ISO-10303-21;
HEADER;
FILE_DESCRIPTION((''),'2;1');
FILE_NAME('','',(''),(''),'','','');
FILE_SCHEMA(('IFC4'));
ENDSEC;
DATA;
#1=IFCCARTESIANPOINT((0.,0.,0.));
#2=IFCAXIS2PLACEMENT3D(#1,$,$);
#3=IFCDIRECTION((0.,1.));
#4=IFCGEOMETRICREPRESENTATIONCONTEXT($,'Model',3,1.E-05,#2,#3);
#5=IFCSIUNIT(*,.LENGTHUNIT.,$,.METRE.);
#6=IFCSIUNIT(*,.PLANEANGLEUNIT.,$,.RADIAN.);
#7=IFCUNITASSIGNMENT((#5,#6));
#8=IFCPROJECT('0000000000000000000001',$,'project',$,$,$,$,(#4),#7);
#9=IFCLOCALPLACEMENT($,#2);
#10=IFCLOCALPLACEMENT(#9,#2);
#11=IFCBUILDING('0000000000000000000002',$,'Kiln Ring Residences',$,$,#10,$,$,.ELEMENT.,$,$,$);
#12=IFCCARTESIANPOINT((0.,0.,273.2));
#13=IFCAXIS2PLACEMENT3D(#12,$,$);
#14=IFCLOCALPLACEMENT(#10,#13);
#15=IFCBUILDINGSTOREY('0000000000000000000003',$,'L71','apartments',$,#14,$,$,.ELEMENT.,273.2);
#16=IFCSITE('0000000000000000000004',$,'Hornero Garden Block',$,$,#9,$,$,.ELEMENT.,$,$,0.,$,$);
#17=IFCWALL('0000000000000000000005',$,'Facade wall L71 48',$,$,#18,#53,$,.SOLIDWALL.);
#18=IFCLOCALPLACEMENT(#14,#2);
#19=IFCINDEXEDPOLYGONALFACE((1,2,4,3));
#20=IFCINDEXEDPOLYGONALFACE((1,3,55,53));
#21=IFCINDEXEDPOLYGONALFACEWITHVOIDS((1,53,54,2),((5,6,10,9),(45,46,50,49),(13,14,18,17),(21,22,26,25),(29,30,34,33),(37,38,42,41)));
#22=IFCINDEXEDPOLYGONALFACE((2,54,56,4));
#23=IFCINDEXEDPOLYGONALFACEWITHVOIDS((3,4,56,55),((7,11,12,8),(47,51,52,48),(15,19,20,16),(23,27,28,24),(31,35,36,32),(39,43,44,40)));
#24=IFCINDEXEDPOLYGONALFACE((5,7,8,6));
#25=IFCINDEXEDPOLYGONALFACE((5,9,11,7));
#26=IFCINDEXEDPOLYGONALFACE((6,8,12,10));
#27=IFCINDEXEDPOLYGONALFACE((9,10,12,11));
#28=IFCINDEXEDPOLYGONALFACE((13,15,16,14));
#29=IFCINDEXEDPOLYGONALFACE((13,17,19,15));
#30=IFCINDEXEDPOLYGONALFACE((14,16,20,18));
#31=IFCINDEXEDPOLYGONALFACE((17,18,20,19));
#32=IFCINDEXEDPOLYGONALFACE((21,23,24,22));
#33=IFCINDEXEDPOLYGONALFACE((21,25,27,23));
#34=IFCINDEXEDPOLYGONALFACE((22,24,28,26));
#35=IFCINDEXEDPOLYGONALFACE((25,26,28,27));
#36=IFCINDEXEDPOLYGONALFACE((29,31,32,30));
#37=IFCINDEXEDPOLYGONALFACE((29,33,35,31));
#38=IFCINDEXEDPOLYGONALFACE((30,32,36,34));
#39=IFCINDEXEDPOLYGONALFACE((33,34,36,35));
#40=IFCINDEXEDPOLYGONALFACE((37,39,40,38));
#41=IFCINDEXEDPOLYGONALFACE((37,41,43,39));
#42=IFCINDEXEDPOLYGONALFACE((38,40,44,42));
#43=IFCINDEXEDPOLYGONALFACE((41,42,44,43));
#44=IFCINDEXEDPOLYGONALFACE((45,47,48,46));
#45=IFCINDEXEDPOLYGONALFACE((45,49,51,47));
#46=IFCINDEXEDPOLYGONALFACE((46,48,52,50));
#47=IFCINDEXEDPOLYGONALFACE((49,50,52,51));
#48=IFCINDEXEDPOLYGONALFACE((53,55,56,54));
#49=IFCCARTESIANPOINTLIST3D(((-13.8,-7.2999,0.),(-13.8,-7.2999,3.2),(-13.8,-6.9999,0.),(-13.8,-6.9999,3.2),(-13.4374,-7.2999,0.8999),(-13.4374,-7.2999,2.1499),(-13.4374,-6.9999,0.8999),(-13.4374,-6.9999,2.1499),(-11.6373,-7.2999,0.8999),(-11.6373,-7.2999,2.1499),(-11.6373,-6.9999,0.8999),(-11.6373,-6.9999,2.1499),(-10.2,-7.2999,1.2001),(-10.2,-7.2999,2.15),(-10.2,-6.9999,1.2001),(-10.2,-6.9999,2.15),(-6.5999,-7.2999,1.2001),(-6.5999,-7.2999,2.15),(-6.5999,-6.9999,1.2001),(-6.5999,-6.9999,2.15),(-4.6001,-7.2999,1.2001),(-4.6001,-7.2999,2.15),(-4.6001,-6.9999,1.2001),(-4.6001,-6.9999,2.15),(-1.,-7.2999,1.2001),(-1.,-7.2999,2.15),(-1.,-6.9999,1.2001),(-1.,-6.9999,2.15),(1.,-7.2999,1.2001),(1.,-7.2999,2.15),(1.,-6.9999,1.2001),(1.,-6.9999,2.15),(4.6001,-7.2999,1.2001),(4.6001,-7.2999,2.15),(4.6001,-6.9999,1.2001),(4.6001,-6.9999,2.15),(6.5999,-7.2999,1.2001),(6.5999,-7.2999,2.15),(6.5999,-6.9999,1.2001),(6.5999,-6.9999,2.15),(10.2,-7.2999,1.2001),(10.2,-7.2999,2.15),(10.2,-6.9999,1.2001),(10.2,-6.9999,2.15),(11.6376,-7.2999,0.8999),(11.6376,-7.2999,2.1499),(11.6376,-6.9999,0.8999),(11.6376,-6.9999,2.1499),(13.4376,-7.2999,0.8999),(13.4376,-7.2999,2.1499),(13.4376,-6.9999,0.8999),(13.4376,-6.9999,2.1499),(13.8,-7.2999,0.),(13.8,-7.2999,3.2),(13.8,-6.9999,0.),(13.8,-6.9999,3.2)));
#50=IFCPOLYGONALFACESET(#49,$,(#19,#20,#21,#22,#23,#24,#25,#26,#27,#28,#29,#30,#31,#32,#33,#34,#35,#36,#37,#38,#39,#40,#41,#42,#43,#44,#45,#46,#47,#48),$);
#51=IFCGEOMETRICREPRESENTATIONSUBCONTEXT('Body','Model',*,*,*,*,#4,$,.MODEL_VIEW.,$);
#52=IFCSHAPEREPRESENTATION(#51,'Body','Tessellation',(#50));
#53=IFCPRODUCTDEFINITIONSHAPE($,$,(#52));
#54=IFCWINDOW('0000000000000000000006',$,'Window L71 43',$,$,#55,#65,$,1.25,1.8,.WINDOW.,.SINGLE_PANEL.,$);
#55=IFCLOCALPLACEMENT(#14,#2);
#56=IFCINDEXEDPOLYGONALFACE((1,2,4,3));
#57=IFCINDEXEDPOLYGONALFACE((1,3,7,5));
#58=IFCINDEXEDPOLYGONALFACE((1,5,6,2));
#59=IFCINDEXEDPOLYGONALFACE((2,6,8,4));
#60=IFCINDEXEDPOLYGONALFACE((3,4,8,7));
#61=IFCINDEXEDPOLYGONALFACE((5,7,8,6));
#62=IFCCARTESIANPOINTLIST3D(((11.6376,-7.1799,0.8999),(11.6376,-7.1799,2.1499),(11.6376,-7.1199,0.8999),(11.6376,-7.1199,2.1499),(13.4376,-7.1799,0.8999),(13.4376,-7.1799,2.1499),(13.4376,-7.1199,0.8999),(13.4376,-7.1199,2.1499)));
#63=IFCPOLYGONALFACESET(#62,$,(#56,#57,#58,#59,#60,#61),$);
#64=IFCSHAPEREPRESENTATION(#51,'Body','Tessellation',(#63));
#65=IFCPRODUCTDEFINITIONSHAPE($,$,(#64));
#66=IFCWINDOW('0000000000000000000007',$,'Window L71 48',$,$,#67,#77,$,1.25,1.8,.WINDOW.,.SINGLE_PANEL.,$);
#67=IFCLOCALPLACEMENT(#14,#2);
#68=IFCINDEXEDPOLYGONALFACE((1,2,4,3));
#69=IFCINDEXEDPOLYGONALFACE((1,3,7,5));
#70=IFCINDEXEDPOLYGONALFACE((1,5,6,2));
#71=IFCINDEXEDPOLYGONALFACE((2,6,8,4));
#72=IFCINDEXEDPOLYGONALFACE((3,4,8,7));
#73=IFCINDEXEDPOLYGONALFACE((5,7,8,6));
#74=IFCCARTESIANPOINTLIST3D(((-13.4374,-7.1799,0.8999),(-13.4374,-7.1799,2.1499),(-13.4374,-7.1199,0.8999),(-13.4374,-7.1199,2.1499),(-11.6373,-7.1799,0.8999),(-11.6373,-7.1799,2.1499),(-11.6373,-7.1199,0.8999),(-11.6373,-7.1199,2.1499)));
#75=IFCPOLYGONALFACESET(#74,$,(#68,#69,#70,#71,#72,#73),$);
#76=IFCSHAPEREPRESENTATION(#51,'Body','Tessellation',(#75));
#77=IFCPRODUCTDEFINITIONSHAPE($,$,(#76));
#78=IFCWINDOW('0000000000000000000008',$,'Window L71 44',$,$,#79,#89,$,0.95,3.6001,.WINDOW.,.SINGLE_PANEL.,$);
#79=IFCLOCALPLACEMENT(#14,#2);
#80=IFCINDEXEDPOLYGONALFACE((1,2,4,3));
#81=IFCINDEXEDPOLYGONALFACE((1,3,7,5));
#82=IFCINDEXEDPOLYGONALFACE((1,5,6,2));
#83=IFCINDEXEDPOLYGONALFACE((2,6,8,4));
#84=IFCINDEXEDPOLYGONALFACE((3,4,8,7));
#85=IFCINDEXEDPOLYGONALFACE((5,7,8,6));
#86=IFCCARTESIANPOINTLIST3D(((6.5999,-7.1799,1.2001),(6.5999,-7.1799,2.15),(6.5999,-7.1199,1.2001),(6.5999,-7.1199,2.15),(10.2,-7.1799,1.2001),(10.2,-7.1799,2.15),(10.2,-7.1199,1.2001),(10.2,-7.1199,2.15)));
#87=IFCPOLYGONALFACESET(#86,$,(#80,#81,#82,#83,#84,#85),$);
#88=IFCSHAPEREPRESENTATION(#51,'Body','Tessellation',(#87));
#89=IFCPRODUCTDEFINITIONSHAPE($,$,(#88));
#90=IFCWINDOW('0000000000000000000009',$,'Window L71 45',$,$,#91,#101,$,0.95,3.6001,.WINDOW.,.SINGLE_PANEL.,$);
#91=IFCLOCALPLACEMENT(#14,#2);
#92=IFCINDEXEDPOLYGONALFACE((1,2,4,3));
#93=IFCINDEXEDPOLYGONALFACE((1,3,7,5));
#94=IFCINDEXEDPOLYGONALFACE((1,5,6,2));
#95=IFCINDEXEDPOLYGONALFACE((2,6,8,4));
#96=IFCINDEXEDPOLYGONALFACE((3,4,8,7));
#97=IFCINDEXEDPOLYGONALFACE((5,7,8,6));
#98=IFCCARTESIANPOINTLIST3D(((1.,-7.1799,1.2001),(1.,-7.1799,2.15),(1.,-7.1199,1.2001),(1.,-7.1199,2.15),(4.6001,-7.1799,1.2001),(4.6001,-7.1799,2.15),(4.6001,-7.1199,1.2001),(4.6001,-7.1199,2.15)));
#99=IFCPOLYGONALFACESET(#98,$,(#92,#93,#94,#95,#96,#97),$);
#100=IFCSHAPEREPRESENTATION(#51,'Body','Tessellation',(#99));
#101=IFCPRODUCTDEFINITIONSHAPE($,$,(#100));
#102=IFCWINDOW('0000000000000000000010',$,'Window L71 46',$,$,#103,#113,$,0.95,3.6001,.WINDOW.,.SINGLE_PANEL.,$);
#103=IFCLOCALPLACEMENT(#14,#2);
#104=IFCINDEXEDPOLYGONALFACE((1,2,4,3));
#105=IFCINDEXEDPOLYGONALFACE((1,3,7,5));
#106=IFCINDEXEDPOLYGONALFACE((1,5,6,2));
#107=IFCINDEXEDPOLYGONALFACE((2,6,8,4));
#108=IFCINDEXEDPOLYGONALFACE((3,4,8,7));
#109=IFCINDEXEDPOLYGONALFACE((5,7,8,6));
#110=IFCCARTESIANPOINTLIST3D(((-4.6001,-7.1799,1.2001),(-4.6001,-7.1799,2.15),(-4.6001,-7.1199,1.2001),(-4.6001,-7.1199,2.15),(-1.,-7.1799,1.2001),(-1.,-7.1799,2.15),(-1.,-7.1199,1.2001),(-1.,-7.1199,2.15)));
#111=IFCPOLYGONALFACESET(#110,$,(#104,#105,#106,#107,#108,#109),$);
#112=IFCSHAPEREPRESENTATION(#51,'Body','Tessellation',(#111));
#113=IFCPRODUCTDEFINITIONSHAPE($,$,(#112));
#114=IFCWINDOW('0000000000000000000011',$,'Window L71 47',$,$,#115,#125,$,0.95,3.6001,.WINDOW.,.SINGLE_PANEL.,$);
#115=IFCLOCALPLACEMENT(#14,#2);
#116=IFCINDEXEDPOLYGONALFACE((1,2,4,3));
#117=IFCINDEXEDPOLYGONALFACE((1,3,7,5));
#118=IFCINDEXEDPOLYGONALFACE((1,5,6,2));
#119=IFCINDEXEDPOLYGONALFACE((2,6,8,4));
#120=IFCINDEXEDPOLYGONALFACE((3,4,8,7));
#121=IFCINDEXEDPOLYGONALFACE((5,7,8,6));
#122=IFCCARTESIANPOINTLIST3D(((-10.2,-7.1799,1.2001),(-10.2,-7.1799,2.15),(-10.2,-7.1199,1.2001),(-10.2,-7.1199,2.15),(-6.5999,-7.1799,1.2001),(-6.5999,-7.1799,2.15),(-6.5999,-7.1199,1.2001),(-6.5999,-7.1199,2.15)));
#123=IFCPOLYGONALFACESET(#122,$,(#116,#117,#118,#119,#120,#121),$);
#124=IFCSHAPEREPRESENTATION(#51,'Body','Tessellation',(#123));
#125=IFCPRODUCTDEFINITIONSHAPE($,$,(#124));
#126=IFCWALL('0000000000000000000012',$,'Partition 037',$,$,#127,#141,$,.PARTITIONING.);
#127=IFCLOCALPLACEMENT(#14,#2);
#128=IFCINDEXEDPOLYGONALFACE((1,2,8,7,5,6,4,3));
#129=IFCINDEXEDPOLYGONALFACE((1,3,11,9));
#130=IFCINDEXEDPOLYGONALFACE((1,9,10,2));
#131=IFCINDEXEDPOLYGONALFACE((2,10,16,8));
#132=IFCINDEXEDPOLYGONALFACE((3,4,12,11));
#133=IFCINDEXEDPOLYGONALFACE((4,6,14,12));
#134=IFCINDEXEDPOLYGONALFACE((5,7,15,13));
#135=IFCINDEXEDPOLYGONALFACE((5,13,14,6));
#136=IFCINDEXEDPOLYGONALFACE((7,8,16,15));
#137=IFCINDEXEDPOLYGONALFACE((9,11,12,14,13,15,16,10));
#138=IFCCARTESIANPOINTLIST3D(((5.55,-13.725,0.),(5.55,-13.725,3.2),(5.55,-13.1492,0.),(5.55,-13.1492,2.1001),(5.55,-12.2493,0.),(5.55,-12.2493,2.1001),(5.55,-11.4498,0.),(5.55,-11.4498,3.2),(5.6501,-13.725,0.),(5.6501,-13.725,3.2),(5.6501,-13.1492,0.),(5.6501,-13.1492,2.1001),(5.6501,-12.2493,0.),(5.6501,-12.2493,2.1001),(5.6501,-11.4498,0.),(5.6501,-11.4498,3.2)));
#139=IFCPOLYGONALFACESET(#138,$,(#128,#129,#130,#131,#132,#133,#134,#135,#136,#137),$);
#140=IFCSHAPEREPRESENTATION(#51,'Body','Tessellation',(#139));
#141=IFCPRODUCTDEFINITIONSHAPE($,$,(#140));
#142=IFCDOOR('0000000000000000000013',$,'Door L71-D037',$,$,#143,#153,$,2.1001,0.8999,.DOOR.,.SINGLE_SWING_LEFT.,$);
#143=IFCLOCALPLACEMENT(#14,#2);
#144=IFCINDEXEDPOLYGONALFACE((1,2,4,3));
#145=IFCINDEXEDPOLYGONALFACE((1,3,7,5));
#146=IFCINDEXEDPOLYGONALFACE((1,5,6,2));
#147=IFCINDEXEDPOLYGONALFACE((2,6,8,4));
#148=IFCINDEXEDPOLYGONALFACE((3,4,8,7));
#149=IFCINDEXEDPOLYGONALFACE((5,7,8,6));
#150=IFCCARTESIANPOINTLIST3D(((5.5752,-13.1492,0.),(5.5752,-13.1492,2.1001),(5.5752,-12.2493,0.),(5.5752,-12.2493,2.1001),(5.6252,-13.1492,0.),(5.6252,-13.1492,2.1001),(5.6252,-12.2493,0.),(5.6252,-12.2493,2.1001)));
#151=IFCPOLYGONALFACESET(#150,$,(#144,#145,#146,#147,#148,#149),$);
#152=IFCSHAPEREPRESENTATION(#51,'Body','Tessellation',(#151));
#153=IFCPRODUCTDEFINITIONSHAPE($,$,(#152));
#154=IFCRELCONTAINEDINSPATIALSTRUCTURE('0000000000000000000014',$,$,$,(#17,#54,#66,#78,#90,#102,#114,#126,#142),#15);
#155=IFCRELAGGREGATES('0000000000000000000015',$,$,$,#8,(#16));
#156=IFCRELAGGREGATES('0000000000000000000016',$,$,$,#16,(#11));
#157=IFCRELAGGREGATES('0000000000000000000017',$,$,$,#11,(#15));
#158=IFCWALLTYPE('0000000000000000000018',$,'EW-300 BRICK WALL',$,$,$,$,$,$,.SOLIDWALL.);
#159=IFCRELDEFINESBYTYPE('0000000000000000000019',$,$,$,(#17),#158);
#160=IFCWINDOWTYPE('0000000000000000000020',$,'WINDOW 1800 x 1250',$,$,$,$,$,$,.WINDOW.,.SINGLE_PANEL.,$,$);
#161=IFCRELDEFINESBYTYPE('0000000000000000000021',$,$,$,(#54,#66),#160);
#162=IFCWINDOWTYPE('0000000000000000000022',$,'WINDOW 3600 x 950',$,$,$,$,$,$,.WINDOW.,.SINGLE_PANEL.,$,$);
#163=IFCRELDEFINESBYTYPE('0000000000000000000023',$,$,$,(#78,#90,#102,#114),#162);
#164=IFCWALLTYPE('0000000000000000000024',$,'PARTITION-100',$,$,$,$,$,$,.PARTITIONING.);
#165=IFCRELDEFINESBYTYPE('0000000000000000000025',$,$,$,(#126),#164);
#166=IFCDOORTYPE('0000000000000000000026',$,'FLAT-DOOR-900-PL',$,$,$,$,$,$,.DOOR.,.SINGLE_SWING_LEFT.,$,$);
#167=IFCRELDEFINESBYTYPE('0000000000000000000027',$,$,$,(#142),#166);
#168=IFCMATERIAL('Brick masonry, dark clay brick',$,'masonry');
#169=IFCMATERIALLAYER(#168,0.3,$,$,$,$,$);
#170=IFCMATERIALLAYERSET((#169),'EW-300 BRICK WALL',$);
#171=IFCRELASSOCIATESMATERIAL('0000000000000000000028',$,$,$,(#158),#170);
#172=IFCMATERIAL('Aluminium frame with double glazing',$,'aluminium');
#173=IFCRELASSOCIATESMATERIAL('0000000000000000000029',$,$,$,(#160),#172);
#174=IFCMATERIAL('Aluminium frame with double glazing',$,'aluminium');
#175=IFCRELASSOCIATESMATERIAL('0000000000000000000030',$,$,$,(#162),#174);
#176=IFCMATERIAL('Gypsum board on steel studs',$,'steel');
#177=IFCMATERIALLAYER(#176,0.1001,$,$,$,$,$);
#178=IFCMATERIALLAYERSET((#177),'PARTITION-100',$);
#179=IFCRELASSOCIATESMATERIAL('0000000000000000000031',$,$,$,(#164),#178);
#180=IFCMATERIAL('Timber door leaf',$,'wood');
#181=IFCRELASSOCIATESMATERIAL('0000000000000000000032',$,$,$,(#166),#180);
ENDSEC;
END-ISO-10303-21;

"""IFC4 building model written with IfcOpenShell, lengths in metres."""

from ifc_helpers import new_model, si_unit, direction, frame, frame_2d, origin, place, context, subcontext, project, spatial, rectangle, extrude, material, layer, layer_set, type_object, element, fill, save


model = new_model("IFC4")

# Units and contexts
model_context = context("Model", 3, precision=1e-05, world=origin(), true_north=direction((0.0, 1.0)))
body_context = subcontext(model_context, "Body", "Model", "MODEL_VIEW")
ifc_project = project(units=[si_unit("LENGTHUNIT", "METRE"), si_unit("PLANEANGLEUNIT", "RADIAN")], contexts=[model_context])

# Site, building, storey
site_placement = place(None, origin())
site = spatial("IfcSite", under=ifc_project, at=site_placement, Name="Hornero Garden Block", CompositionType="ELEMENT", RefElevation=0.0)
building_placement = place(site_placement, origin())
building = spatial("IfcBuilding", under=site, at=building_placement, Name="Kiln Ring Residences", CompositionType="ELEMENT")
storey_placement = place(building_placement, frame((0.0, 0.0, 273.2)))
storey = spatial("IfcBuildingStorey", under=building, at=storey_placement, Name="L71", Description="apartments", CompositionType="ELEMENT", Elevation=273.2)

# Wall, openings, windows
ifc_material_1 = material(Name="Brick masonry, dark clay brick", Category="masonry")
ifc_layer_1 = layer(ifc_material_1, 0.3)
ifc_layer_set_1 = layer_set([ifc_layer_1], Name="EW-300 BRICK WALL")
wall_type_1 = type_object("IfcWallType", Name="EW-300 BRICK WALL", PredefinedType="SOLIDWALL", material=ifc_layer_set_1)
wall_1_placement = place(storey_placement, frame((13.8, -7.1499, 0.0), z_axis=(0.0, 0.0, 1.0), x_axis=(-1.0, 0.0, 0.0)))
wall_1 = element("IfcWall", 1, at=wall_1_placement, inside=storey, type_object=wall_type_1, Name="Facade wall L71 48", PredefinedType="SOLIDWALL", context=body_context, shape_type="SweptSolid", body=[
    extrude(rectangle(XDim=27.6001, YDim=0.3, at=frame_2d((13.8, 0.0))), origin(), (0.0, 0.0, 1.0), 3.2),
])
opening_1_placement = place(wall_1_placement, frame((0.3625, 0.0, 0.8999)))
opening_1 = element("IfcOpeningElement", 2, at=opening_1_placement, cuts=wall_1, PredefinedType="OPENING", context=body_context, shape_type="SweptSolid", body=[
    extrude(rectangle(XDim=1.8, YDim=1.25, at=frame_2d((0.8999, 0.625))), frame((0.0, 0.1599, 0.0), z_axis=(0.0, -1.0, 0.0), x_axis=(1.0, 0.0, 0.0)), (0.0, 0.0, 1.0), 0.3201),
])
opening_2_placement = place(wall_1_placement, frame((3.6001, 0.0, 1.2)))
opening_2 = element("IfcOpeningElement", 3, at=opening_2_placement, cuts=wall_1, PredefinedType="OPENING", context=body_context, shape_type="SweptSolid", body=[
    extrude(rectangle(XDim=3.6001, YDim=0.95, at=frame_2d((1.8, 0.4751))), frame((0.0, 0.1599, 0.0), z_axis=(0.0, -1.0, 0.0), x_axis=(1.0, 0.0, 0.0)), (0.0, 0.0, 1.0), 0.3201),
])
opening_3_placement = place(wall_1_placement, frame((9.2, 0.0, 1.2)))
opening_3 = element("IfcOpeningElement", 4, at=opening_3_placement, cuts=wall_1, PredefinedType="OPENING", context=body_context, shape_type="SweptSolid", body=[
    extrude(rectangle(XDim=3.6001, YDim=0.95, at=frame_2d((1.8, 0.4751))), frame((0.0, 0.1599, 0.0), z_axis=(0.0, -1.0, 0.0), x_axis=(1.0, 0.0, 0.0)), (0.0, 0.0, 1.0), 0.3201),
])
opening_4_placement = place(wall_1_placement, frame((14.8, 0.0, 1.2)))
opening_4 = element("IfcOpeningElement", 5, at=opening_4_placement, cuts=wall_1, PredefinedType="OPENING", context=body_context, shape_type="SweptSolid", body=[
    extrude(rectangle(XDim=3.6001, YDim=0.95, at=frame_2d((1.8, 0.4751))), frame((0.0, 0.1599, 0.0), z_axis=(0.0, -1.0, 0.0), x_axis=(1.0, 0.0, 0.0)), (0.0, 0.0, 1.0), 0.3201),
])
opening_5_placement = place(wall_1_placement, frame((20.3999, 0.0, 1.2)))
opening_5 = element("IfcOpeningElement", 6, at=opening_5_placement, cuts=wall_1, PredefinedType="OPENING", context=body_context, shape_type="SweptSolid", body=[
    extrude(rectangle(XDim=3.6001, YDim=0.95, at=frame_2d((1.8, 0.4751))), frame((0.0, 0.1599, 0.0), z_axis=(0.0, -1.0, 0.0), x_axis=(1.0, 0.0, 0.0)), (0.0, 0.0, 1.0), 0.3201),
])
opening_6_placement = place(wall_1_placement, frame((25.4375, 0.0, 0.8999)))
opening_6 = element("IfcOpeningElement", 7, at=opening_6_placement, cuts=wall_1, PredefinedType="OPENING", context=body_context, shape_type="SweptSolid", body=[
    extrude(rectangle(XDim=1.8, YDim=1.25, at=frame_2d((0.8999, 0.625))), frame((0.0, 0.1599, 0.0), z_axis=(0.0, -1.0, 0.0), x_axis=(1.0, 0.0, 0.0)), (0.0, 0.0, 1.0), 0.3201),
])
ifc_material_2 = material(Name="Aluminium frame with double glazing", Category="aluminium")
window_type_1 = type_object("IfcWindowType", Name="WINDOW 1800 x 1250", PartitioningType="SINGLE_PANEL", PredefinedType="WINDOW", material=ifc_material_2)
window_1_placement = place(opening_1_placement, origin())
window_1 = element("IfcWindow", 8, at=window_1_placement, inside=storey, type_object=window_type_1, Name="Window L71 43", OverallHeight=1.25, OverallWidth=1.8, PartitioningType="SINGLE_PANEL", PredefinedType="WINDOW", context=body_context, shape_type="SweptSolid", body=[
    extrude(rectangle(XDim=1.8, YDim=1.25, at=frame_2d((0.8999, 0.625))), frame((0.0, 0.03, 0.0), z_axis=(0.0, -1.0, 0.0), x_axis=(1.0, 0.0, 0.0)), (0.0, 0.0, 1.0), 0.0601),
])
fill(opening_1, window_1)
window_2_placement = place(opening_6_placement, origin())
window_2 = element("IfcWindow", 9, at=window_2_placement, inside=storey, type_object=window_type_1, Name="Window L71 48", OverallHeight=1.25, OverallWidth=1.8, PartitioningType="SINGLE_PANEL", PredefinedType="WINDOW", context=body_context, shape_type="SweptSolid", body=[
    extrude(rectangle(XDim=1.8, YDim=1.25, at=frame_2d((0.8999, 0.625))), frame((0.0, 0.03, 0.0), z_axis=(0.0, -1.0, 0.0), x_axis=(1.0, 0.0, 0.0)), (0.0, 0.0, 1.0), 0.0601),
])
fill(opening_6, window_2)
ifc_material_3 = material(Name="Aluminium frame with double glazing", Category="aluminium")
window_type_2 = type_object("IfcWindowType", Name="WINDOW 3600 x 950", PartitioningType="SINGLE_PANEL", PredefinedType="WINDOW", material=ifc_material_3)
window_3_placement = place(opening_2_placement, origin())
window_3 = element("IfcWindow", 10, at=window_3_placement, inside=storey, type_object=window_type_2, Name="Window L71 44", OverallHeight=0.95, OverallWidth=3.6001, PartitioningType="SINGLE_PANEL", PredefinedType="WINDOW", context=body_context, shape_type="SweptSolid", body=[
    extrude(rectangle(XDim=3.6001, YDim=0.95, at=frame_2d((1.8, 0.4751))), frame((0.0, 0.03, 0.0), z_axis=(0.0, -1.0, 0.0), x_axis=(1.0, 0.0, 0.0)), (0.0, 0.0, 1.0), 0.0601),
])
fill(opening_2, window_3)
window_4_placement = place(opening_3_placement, origin())
window_4 = element("IfcWindow", 11, at=window_4_placement, inside=storey, type_object=window_type_2, Name="Window L71 45", OverallHeight=0.95, OverallWidth=3.6001, PartitioningType="SINGLE_PANEL", PredefinedType="WINDOW", context=body_context, shape_type="SweptSolid", body=[
    extrude(rectangle(XDim=3.6001, YDim=0.95, at=frame_2d((1.8, 0.4751))), frame((0.0, 0.03, 0.0), z_axis=(0.0, -1.0, 0.0), x_axis=(1.0, 0.0, 0.0)), (0.0, 0.0, 1.0), 0.0601),
])
fill(opening_3, window_4)
window_5_placement = place(opening_4_placement, origin())
window_5 = element("IfcWindow", 12, at=window_5_placement, inside=storey, type_object=window_type_2, Name="Window L71 46", OverallHeight=0.95, OverallWidth=3.6001, PartitioningType="SINGLE_PANEL", PredefinedType="WINDOW", context=body_context, shape_type="SweptSolid", body=[
    extrude(rectangle(XDim=3.6001, YDim=0.95, at=frame_2d((1.8, 0.4751))), frame((0.0, 0.03, 0.0), z_axis=(0.0, -1.0, 0.0), x_axis=(1.0, 0.0, 0.0)), (0.0, 0.0, 1.0), 0.0601),
])
fill(opening_4, window_5)
window_6_placement = place(opening_5_placement, origin())
window_6 = element("IfcWindow", 13, at=window_6_placement, inside=storey, type_object=window_type_2, Name="Window L71 47", OverallHeight=0.95, OverallWidth=3.6001, PartitioningType="SINGLE_PANEL", PredefinedType="WINDOW", context=body_context, shape_type="SweptSolid", body=[
    extrude(rectangle(XDim=3.6001, YDim=0.95, at=frame_2d((1.8, 0.4751))), frame((0.0, 0.03, 0.0), z_axis=(0.0, -1.0, 0.0), x_axis=(1.0, 0.0, 0.0)), (0.0, 0.0, 1.0), 0.0601),
])
fill(opening_5, window_6)

# Wall, opening, door
ifc_material_4 = material(Name="Gypsum board on steel studs", Category="steel")
ifc_layer_2 = layer(ifc_material_4, 0.1001)
ifc_layer_set_2 = layer_set([ifc_layer_2], Name="PARTITION-100")
wall_type_2 = type_object("IfcWallType", Name="PARTITION-100", PredefinedType="PARTITIONING", material=ifc_layer_set_2)
wall_2_placement = place(storey_placement, frame((5.6001, -13.7251, 0.0), z_axis=(0.0, 0.0, 1.0), x_axis=(0.0, 1.0, 0.0)))
wall_2 = element("IfcWall", 14, at=wall_2_placement, inside=storey, type_object=wall_type_2, Name="Partition 037", PredefinedType="PARTITIONING", context=body_context, shape_type="SweptSolid", body=[
    extrude(rectangle(XDim=2.2751, YDim=0.1001, at=frame_2d((1.1377, 0.0))), origin(), (0.0, 0.0, 1.0), 3.2),
])
opening_7_placement = place(wall_2_placement, frame((0.5759, 0.0, 0.0)))
opening_7 = element("IfcOpeningElement", 15, at=opening_7_placement, cuts=wall_2, PredefinedType="OPENING", context=body_context, shape_type="SweptSolid", body=[
    extrude(rectangle(XDim=0.8999, YDim=2.1001, at=frame_2d((0.45, 1.05))), frame((0.0, 0.0601, 0.0), z_axis=(0.0, -1.0, 0.0), x_axis=(1.0, 0.0, 0.0)), (0.0, 0.0, 1.0), 0.1201),
])
ifc_material_5 = material(Name="Timber door leaf", Category="wood")
door_type_1 = type_object("IfcDoorType", Name="FLAT-DOOR-900-PL", OperationType="SINGLE_SWING_LEFT", PredefinedType="DOOR", material=ifc_material_5)
door_1_placement = place(opening_7_placement, origin())
door_1 = element("IfcDoor", 16, at=door_1_placement, inside=storey, type_object=door_type_1, Name="Door L71-D037", OperationType="SINGLE_SWING_LEFT", OverallHeight=2.1001, OverallWidth=0.8999, PredefinedType="DOOR", context=body_context, shape_type="SweptSolid", body=[
    extrude(rectangle(XDim=0.8999, YDim=2.1001, at=frame_2d((0.45, 1.05))), frame((0.0, 0.0249, 0.0), z_axis=(0.0, -1.0, 0.0), x_axis=(1.0, 0.0, 0.0)), (0.0, 0.0, 1.0), 0.05),
])
fill(opening_7, door_1)

save(model, "model.ifc")
